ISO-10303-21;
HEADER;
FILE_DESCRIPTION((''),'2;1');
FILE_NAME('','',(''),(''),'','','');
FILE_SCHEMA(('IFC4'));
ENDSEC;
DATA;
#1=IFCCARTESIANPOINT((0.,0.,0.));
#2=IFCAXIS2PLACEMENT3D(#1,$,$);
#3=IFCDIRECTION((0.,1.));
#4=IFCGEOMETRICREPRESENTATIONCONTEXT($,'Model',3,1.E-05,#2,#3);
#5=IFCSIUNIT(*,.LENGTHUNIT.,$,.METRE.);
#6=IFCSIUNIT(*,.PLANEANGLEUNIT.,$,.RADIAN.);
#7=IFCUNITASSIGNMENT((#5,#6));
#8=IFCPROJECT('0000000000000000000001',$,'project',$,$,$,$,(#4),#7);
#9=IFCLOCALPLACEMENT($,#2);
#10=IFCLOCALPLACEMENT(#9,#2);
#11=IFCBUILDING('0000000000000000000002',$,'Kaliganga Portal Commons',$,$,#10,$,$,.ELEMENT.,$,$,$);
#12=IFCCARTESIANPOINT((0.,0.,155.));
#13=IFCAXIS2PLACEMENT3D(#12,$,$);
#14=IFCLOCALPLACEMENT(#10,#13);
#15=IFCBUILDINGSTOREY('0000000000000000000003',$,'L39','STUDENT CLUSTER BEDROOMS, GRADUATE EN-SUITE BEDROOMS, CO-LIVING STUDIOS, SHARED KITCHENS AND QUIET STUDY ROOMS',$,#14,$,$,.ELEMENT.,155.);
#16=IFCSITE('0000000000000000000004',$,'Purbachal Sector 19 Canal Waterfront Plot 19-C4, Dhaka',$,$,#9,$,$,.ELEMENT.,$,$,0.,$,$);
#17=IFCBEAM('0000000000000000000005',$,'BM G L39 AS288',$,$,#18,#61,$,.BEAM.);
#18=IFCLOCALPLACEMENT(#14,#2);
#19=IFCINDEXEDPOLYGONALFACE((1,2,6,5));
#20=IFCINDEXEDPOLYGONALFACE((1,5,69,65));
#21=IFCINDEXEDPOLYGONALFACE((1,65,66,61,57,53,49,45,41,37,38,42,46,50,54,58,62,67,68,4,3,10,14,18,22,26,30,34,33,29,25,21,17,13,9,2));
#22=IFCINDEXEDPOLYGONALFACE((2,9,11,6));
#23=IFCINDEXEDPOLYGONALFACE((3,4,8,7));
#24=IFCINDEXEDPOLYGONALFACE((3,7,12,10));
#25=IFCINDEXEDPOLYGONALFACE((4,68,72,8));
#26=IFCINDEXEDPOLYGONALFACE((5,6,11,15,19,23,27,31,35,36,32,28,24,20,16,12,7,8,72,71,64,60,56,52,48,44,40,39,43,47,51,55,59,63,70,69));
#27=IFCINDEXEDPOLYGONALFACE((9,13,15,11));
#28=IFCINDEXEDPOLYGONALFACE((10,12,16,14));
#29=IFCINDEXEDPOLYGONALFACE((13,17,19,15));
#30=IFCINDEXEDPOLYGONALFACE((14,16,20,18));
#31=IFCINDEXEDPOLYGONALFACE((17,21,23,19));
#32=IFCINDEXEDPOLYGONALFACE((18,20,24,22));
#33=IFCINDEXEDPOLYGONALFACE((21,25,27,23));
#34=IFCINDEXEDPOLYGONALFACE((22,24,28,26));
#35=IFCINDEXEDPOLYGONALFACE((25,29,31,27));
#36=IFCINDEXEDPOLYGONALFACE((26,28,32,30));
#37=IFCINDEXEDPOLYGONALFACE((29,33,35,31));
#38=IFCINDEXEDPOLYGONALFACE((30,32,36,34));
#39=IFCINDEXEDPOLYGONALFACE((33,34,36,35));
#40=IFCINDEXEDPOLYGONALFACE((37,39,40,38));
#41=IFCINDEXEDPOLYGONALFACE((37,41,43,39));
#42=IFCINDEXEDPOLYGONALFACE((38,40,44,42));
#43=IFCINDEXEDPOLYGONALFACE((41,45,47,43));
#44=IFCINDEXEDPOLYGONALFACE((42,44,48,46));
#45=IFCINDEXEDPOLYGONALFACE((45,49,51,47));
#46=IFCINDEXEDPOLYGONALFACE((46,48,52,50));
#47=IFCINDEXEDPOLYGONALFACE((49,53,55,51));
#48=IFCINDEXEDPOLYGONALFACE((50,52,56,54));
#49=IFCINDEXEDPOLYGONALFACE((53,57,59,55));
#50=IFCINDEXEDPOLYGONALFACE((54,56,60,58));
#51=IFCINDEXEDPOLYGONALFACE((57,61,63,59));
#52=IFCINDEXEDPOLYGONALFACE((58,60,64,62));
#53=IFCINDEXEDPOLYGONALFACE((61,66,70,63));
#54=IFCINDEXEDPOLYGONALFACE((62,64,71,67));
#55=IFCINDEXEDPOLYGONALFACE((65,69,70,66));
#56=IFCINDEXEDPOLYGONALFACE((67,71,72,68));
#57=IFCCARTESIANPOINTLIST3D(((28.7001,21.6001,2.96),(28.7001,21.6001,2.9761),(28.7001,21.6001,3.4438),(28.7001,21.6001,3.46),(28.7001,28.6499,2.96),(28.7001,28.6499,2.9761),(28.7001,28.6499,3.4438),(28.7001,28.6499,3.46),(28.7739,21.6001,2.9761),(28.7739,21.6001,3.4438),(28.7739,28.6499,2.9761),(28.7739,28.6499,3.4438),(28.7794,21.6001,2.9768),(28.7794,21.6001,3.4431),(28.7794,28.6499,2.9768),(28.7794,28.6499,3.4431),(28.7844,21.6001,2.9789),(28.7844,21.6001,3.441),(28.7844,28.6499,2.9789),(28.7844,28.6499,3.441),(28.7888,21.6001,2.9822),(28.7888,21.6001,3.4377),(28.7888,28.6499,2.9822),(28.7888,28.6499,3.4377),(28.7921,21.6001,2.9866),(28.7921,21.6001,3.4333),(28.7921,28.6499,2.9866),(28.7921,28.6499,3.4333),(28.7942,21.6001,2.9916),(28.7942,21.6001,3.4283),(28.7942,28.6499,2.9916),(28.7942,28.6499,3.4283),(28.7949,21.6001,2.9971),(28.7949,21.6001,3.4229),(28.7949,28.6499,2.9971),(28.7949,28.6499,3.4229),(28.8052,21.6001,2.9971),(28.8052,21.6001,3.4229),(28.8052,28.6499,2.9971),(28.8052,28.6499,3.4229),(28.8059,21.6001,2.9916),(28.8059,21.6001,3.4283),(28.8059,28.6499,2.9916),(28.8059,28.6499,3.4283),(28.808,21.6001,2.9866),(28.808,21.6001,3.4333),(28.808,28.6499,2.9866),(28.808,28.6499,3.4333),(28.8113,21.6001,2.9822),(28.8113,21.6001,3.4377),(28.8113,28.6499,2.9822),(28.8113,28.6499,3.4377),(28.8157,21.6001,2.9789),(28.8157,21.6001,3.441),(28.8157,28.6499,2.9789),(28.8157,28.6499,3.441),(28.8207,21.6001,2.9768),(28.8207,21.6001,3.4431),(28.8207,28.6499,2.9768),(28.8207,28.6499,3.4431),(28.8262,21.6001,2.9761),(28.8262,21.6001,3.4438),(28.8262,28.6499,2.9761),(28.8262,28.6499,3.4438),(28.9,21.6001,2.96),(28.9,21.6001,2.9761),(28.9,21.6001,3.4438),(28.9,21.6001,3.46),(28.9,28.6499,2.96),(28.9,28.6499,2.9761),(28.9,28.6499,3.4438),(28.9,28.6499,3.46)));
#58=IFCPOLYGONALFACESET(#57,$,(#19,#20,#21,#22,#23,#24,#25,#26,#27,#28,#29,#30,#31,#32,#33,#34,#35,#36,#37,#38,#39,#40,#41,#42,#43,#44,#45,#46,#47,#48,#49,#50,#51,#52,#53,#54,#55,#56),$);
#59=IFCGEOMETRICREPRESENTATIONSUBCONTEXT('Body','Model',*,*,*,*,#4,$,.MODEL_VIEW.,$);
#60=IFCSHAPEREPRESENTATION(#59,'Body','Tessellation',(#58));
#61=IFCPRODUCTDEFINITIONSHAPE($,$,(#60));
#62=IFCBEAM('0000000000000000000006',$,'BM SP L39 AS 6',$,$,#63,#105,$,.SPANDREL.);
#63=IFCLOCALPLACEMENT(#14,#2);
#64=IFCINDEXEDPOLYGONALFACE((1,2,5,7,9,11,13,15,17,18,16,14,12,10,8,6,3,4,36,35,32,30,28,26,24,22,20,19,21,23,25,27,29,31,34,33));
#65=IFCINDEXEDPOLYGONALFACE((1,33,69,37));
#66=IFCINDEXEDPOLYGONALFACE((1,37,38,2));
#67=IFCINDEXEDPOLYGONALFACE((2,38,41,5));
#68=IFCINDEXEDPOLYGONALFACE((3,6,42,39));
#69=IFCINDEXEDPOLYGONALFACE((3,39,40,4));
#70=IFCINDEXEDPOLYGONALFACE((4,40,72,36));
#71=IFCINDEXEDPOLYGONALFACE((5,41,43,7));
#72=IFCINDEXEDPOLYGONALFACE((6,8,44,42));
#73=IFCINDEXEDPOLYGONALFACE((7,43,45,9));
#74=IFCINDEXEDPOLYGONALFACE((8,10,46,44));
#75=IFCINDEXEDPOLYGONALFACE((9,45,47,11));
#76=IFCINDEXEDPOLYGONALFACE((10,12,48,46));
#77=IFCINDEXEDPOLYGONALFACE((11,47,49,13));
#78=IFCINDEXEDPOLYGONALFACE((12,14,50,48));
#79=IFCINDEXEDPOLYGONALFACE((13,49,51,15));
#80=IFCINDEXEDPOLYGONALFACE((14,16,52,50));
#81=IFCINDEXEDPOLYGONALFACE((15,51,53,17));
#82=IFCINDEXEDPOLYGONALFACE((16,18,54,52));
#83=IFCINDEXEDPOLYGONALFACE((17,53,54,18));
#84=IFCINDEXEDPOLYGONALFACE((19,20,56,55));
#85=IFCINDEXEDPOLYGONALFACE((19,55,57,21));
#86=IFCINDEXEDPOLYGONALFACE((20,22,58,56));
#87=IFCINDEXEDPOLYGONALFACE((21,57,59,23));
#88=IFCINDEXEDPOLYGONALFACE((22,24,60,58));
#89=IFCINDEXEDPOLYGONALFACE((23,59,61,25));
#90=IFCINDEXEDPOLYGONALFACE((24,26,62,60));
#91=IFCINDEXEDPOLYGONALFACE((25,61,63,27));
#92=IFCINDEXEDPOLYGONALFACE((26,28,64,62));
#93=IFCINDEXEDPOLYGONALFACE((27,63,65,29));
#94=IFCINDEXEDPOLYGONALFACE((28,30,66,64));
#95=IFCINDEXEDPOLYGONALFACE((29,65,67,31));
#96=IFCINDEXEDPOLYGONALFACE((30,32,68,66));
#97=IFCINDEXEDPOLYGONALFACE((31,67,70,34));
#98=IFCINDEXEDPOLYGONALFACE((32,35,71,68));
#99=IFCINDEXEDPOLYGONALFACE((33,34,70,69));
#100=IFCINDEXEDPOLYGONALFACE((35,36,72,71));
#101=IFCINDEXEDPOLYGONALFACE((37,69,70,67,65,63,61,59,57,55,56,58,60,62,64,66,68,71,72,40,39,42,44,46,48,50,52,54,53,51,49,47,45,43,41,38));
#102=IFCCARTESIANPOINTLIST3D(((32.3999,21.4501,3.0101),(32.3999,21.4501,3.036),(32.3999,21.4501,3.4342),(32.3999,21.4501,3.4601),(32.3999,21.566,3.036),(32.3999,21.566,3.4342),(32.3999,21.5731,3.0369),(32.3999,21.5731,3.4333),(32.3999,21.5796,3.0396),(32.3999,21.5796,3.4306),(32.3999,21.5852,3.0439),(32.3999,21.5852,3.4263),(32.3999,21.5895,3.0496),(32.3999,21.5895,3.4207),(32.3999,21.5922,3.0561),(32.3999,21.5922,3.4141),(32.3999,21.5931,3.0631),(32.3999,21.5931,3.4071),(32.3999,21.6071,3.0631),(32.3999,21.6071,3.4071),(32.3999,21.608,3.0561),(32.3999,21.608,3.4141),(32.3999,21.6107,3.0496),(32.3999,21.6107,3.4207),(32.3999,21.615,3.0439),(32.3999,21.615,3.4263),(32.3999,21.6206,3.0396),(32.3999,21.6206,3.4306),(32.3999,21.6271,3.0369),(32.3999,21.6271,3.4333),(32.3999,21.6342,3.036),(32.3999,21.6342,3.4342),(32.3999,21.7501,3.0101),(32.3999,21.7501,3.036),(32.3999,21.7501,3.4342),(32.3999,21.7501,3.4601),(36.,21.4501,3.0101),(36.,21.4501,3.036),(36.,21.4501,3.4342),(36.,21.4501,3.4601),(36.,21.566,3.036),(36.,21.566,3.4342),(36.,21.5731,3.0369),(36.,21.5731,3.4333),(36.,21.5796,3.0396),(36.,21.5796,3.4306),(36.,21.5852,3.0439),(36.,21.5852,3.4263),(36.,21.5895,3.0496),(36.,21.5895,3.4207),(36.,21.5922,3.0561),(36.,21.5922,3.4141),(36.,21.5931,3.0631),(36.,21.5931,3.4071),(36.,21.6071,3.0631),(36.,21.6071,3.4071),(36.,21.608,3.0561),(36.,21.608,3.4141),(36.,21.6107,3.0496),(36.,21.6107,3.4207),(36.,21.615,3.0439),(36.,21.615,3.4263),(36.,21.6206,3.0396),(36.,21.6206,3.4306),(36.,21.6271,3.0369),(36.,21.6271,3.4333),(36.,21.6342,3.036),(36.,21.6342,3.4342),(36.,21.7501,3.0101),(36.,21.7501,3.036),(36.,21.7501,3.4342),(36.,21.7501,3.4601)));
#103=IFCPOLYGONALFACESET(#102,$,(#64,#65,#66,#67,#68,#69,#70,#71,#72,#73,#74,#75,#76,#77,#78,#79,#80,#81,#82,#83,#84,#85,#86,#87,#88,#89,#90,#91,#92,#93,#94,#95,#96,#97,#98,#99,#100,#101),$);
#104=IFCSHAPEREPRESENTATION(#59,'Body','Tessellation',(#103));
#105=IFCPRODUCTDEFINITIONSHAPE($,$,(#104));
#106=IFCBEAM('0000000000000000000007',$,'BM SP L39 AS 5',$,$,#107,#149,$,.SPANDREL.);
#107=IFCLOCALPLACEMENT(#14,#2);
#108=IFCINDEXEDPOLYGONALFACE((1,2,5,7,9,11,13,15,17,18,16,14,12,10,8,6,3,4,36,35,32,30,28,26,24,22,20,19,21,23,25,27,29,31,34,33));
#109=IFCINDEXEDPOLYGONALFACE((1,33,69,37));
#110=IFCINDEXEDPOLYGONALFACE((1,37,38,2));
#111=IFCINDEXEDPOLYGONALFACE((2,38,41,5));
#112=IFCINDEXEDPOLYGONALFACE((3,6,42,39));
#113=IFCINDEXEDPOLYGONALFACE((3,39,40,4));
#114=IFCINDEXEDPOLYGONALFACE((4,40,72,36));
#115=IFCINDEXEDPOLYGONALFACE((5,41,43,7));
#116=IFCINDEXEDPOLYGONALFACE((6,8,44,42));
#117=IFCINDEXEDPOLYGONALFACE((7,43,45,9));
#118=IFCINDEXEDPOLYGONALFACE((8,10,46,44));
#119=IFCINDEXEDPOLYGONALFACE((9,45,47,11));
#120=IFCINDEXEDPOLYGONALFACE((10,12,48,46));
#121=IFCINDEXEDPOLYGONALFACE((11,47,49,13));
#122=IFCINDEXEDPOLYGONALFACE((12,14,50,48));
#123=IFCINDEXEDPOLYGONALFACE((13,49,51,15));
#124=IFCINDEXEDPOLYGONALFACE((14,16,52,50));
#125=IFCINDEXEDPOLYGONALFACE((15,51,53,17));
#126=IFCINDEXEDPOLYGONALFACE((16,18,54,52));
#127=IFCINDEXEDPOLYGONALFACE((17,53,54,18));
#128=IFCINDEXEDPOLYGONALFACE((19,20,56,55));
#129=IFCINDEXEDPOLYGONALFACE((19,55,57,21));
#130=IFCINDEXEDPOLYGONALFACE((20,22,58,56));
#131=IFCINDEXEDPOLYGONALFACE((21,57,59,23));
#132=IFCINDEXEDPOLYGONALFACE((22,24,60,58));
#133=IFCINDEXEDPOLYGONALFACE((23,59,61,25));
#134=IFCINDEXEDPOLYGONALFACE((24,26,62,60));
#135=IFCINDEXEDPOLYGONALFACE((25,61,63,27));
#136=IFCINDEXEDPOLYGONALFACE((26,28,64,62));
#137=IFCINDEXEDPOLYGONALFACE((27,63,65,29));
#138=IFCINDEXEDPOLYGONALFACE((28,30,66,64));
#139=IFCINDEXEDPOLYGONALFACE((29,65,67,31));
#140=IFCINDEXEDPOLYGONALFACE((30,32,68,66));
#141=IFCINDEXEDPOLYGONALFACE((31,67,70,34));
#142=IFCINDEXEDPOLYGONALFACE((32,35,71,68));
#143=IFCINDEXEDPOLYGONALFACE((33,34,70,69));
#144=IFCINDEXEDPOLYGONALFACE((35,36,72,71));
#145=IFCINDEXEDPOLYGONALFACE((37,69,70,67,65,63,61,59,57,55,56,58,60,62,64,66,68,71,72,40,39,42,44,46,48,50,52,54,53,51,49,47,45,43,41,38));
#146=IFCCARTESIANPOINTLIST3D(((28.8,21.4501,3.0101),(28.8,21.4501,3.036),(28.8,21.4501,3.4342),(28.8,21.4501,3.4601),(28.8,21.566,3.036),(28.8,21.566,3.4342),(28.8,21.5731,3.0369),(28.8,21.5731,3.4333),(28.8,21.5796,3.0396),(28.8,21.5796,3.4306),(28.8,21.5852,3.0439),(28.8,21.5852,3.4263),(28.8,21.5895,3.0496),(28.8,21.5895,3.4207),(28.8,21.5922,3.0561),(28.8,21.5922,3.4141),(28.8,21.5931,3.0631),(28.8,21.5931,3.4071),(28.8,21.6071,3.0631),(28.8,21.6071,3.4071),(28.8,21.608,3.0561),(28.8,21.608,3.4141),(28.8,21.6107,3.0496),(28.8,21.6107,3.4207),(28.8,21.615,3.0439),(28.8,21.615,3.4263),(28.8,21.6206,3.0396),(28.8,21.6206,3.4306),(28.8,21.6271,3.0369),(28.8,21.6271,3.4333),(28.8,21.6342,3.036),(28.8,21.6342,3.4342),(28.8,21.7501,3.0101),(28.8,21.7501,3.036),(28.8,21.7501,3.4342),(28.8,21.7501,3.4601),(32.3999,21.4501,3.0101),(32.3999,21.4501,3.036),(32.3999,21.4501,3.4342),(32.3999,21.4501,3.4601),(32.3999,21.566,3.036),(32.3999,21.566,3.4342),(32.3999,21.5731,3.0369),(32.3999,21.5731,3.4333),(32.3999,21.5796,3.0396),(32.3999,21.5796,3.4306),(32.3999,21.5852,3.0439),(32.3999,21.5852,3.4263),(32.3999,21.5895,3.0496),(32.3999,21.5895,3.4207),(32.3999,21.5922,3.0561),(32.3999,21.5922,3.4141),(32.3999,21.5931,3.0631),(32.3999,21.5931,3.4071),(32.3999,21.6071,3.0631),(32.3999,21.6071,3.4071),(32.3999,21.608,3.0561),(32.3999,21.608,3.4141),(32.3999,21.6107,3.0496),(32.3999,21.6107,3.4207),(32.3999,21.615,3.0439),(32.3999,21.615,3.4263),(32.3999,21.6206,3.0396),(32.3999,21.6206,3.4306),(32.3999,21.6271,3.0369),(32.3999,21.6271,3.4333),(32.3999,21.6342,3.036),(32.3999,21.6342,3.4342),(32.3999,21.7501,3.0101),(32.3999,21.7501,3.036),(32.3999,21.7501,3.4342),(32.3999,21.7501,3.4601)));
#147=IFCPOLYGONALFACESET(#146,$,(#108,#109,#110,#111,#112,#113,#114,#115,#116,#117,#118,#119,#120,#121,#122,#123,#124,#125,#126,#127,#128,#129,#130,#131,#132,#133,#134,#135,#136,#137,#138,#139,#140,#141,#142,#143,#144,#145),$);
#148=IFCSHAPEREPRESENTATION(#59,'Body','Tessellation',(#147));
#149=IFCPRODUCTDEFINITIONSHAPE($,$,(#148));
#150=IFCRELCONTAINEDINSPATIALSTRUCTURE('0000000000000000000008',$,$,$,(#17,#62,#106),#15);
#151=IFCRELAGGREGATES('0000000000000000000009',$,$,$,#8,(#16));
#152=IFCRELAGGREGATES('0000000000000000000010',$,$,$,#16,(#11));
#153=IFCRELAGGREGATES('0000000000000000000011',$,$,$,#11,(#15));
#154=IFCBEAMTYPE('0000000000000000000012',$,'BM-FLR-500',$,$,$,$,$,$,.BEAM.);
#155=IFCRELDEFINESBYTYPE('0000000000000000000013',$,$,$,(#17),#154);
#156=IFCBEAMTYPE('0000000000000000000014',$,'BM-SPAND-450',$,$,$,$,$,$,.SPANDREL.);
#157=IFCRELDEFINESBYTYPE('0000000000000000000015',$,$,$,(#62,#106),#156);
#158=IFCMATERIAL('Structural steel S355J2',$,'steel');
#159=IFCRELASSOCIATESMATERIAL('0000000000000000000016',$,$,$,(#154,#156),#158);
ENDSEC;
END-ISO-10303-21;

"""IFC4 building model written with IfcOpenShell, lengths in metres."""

from ifc_helpers import new_model, si_unit, direction, frame, origin, origin_2d, place, context, subcontext, project, spatial, i_section, extrude, source, transform, mapped, material, material_profile, profile_set, type_object, element, save


model = new_model("IFC4")

# Units and contexts
model_context = context("Model", 3, precision=1e-05, world=origin(), true_north=direction((0.0, 1.0)))
body_context = subcontext(model_context, "Body", "Model", "MODEL_VIEW")
ifc_project = project(units=[si_unit("LENGTHUNIT", "METRE"), si_unit("PLANEANGLEUNIT", "RADIAN")], contexts=[model_context])

# Site, building, storey
site_placement = place(None, origin())
site = spatial("IfcSite", under=ifc_project, at=site_placement, Name="Purbachal Sector 19 Canal Waterfront Plot 19-C4, Dhaka", CompositionType="ELEMENT", RefElevation=0.0)
building_placement = place(site_placement, origin())
building = spatial("IfcBuilding", under=site, at=building_placement, Name="Kaliganga Portal Commons", CompositionType="ELEMENT")
storey_placement = place(building_placement, frame((0.0, 0.0, 155.0)))
storey = spatial("IfcBuildingStorey", under=building, at=storey_placement, Name="L39", Description="STUDENT CLUSTER BEDROOMS, GRADUATE EN-SUITE BEDROOMS, CO-LIVING STUDIOS, SHARED KITCHENS AND QUIET STUDY ROOMS", CompositionType="ELEMENT", Elevation=155.0)

# Beams
ifc_material_1 = material(Name="Structural steel S355J2", Category="steel")
ifc_material_profile_1 = material_profile(ifc_material_1, i_section(OverallWidth=0.2, OverallDepth=0.5, WebThickness=0.0103, FlangeThickness=0.0161, FilletRadius=0.021, at=origin_2d()), Name="IPE 500")
ifc_profile_set_1 = profile_set([ifc_material_profile_1], Name="Structural steel S355J2 wide-flange")
beam_type_1 = type_object("IfcBeamType", Name="BM-FLR-500", PredefinedType="BEAM", material=ifc_profile_set_1)
shared_shape_1 = source(origin(), body_context, "Body", "SweptSolid", [
    extrude(i_section(OverallWidth=0.2, OverallDepth=0.5, WebThickness=0.0103, FlangeThickness=0.0161, FilletRadius=0.021, at=origin_2d()), origin(), (0.0, 0.0, 1.0), 7.0498),
])
beam_1_placement = place(storey_placement, frame((28.8, 21.6001, 3.21), z_axis=(0.0, 1.0, 0.0), x_axis=(-1.0, 0.0, 0.0)))
element("IfcBeam", 1, at=beam_1_placement, inside=storey, type_object=beam_type_1, Name="BM G L39 AS288", PredefinedType="BEAM", context=body_context, shape_type="MappedRepresentation", body=[
    mapped(shared_shape_1, transform((0.0, 0.0, 0.0), x_axis=(1.0, 0.0, 0.0), y_axis=(0.0, 1.0, 0.0), z_axis=(0.0, 0.0, 1.0), scale=1.0)),
])
ifc_material_profile_2 = material_profile(ifc_material_1, i_section(OverallWidth=0.3, OverallDepth=0.45, WebThickness=0.0139, FlangeThickness=0.0259, FilletRadius=0.0271, at=origin_2d()), Name="HE 450 B")
ifc_profile_set_2 = profile_set([ifc_material_profile_2], Name="Structural steel S355J2 wide-flange")
beam_type_2 = type_object("IfcBeamType", Name="BM-SPAND-450", PredefinedType="SPANDREL", material=ifc_profile_set_2)
shared_shape_2 = source(origin(), body_context, "Body", "SweptSolid", [
    extrude(i_section(OverallWidth=0.3, OverallDepth=0.45, WebThickness=0.0139, FlangeThickness=0.0259, FilletRadius=0.0271, at=origin_2d()), origin(), (0.0, 0.0, 1.0), 3.6001),
])
beam_2_placement = place(storey_placement, frame((32.3999, 21.6001, 3.2351), z_axis=(1.0, 0.0, 0.0), x_axis=(0.0, 1.0, 0.0)))
element("IfcBeam", 2, at=beam_2_placement, inside=storey, type_object=beam_type_2, Name="BM SP L39 AS 6", PredefinedType="SPANDREL", context=body_context, shape_type="MappedRepresentation", body=[
    mapped(shared_shape_2, transform((0.0, 0.0, 0.0), x_axis=(1.0, 0.0, 0.0), y_axis=(0.0, 1.0, 0.0), z_axis=(0.0, 0.0, 1.0), scale=1.0)),
])
shared_shape_3 = source(origin(), body_context, "Body", "SweptSolid", [
    extrude(i_section(OverallWidth=0.3, OverallDepth=0.45, WebThickness=0.0139, FlangeThickness=0.0259, FilletRadius=0.0271, at=origin_2d()), origin(), (0.0, 0.0, 1.0), 3.5999),
])
beam_3_placement = place(storey_placement, frame((28.8, 21.6001, 3.2351), z_axis=(1.0, 0.0, 0.0), x_axis=(0.0, 1.0, 0.0)))
element("IfcBeam", 3, at=beam_3_placement, inside=storey, type_object=beam_type_2, Name="BM SP L39 AS 5", PredefinedType="SPANDREL", context=body_context, shape_type="MappedRepresentation", body=[
    mapped(shared_shape_3, transform((0.0, 0.0, 0.0), x_axis=(1.0, 0.0, 0.0), y_axis=(0.0, 1.0, 0.0), z_axis=(0.0, 0.0, 1.0), scale=1.0)),
])

save(model, "model.ifc")
